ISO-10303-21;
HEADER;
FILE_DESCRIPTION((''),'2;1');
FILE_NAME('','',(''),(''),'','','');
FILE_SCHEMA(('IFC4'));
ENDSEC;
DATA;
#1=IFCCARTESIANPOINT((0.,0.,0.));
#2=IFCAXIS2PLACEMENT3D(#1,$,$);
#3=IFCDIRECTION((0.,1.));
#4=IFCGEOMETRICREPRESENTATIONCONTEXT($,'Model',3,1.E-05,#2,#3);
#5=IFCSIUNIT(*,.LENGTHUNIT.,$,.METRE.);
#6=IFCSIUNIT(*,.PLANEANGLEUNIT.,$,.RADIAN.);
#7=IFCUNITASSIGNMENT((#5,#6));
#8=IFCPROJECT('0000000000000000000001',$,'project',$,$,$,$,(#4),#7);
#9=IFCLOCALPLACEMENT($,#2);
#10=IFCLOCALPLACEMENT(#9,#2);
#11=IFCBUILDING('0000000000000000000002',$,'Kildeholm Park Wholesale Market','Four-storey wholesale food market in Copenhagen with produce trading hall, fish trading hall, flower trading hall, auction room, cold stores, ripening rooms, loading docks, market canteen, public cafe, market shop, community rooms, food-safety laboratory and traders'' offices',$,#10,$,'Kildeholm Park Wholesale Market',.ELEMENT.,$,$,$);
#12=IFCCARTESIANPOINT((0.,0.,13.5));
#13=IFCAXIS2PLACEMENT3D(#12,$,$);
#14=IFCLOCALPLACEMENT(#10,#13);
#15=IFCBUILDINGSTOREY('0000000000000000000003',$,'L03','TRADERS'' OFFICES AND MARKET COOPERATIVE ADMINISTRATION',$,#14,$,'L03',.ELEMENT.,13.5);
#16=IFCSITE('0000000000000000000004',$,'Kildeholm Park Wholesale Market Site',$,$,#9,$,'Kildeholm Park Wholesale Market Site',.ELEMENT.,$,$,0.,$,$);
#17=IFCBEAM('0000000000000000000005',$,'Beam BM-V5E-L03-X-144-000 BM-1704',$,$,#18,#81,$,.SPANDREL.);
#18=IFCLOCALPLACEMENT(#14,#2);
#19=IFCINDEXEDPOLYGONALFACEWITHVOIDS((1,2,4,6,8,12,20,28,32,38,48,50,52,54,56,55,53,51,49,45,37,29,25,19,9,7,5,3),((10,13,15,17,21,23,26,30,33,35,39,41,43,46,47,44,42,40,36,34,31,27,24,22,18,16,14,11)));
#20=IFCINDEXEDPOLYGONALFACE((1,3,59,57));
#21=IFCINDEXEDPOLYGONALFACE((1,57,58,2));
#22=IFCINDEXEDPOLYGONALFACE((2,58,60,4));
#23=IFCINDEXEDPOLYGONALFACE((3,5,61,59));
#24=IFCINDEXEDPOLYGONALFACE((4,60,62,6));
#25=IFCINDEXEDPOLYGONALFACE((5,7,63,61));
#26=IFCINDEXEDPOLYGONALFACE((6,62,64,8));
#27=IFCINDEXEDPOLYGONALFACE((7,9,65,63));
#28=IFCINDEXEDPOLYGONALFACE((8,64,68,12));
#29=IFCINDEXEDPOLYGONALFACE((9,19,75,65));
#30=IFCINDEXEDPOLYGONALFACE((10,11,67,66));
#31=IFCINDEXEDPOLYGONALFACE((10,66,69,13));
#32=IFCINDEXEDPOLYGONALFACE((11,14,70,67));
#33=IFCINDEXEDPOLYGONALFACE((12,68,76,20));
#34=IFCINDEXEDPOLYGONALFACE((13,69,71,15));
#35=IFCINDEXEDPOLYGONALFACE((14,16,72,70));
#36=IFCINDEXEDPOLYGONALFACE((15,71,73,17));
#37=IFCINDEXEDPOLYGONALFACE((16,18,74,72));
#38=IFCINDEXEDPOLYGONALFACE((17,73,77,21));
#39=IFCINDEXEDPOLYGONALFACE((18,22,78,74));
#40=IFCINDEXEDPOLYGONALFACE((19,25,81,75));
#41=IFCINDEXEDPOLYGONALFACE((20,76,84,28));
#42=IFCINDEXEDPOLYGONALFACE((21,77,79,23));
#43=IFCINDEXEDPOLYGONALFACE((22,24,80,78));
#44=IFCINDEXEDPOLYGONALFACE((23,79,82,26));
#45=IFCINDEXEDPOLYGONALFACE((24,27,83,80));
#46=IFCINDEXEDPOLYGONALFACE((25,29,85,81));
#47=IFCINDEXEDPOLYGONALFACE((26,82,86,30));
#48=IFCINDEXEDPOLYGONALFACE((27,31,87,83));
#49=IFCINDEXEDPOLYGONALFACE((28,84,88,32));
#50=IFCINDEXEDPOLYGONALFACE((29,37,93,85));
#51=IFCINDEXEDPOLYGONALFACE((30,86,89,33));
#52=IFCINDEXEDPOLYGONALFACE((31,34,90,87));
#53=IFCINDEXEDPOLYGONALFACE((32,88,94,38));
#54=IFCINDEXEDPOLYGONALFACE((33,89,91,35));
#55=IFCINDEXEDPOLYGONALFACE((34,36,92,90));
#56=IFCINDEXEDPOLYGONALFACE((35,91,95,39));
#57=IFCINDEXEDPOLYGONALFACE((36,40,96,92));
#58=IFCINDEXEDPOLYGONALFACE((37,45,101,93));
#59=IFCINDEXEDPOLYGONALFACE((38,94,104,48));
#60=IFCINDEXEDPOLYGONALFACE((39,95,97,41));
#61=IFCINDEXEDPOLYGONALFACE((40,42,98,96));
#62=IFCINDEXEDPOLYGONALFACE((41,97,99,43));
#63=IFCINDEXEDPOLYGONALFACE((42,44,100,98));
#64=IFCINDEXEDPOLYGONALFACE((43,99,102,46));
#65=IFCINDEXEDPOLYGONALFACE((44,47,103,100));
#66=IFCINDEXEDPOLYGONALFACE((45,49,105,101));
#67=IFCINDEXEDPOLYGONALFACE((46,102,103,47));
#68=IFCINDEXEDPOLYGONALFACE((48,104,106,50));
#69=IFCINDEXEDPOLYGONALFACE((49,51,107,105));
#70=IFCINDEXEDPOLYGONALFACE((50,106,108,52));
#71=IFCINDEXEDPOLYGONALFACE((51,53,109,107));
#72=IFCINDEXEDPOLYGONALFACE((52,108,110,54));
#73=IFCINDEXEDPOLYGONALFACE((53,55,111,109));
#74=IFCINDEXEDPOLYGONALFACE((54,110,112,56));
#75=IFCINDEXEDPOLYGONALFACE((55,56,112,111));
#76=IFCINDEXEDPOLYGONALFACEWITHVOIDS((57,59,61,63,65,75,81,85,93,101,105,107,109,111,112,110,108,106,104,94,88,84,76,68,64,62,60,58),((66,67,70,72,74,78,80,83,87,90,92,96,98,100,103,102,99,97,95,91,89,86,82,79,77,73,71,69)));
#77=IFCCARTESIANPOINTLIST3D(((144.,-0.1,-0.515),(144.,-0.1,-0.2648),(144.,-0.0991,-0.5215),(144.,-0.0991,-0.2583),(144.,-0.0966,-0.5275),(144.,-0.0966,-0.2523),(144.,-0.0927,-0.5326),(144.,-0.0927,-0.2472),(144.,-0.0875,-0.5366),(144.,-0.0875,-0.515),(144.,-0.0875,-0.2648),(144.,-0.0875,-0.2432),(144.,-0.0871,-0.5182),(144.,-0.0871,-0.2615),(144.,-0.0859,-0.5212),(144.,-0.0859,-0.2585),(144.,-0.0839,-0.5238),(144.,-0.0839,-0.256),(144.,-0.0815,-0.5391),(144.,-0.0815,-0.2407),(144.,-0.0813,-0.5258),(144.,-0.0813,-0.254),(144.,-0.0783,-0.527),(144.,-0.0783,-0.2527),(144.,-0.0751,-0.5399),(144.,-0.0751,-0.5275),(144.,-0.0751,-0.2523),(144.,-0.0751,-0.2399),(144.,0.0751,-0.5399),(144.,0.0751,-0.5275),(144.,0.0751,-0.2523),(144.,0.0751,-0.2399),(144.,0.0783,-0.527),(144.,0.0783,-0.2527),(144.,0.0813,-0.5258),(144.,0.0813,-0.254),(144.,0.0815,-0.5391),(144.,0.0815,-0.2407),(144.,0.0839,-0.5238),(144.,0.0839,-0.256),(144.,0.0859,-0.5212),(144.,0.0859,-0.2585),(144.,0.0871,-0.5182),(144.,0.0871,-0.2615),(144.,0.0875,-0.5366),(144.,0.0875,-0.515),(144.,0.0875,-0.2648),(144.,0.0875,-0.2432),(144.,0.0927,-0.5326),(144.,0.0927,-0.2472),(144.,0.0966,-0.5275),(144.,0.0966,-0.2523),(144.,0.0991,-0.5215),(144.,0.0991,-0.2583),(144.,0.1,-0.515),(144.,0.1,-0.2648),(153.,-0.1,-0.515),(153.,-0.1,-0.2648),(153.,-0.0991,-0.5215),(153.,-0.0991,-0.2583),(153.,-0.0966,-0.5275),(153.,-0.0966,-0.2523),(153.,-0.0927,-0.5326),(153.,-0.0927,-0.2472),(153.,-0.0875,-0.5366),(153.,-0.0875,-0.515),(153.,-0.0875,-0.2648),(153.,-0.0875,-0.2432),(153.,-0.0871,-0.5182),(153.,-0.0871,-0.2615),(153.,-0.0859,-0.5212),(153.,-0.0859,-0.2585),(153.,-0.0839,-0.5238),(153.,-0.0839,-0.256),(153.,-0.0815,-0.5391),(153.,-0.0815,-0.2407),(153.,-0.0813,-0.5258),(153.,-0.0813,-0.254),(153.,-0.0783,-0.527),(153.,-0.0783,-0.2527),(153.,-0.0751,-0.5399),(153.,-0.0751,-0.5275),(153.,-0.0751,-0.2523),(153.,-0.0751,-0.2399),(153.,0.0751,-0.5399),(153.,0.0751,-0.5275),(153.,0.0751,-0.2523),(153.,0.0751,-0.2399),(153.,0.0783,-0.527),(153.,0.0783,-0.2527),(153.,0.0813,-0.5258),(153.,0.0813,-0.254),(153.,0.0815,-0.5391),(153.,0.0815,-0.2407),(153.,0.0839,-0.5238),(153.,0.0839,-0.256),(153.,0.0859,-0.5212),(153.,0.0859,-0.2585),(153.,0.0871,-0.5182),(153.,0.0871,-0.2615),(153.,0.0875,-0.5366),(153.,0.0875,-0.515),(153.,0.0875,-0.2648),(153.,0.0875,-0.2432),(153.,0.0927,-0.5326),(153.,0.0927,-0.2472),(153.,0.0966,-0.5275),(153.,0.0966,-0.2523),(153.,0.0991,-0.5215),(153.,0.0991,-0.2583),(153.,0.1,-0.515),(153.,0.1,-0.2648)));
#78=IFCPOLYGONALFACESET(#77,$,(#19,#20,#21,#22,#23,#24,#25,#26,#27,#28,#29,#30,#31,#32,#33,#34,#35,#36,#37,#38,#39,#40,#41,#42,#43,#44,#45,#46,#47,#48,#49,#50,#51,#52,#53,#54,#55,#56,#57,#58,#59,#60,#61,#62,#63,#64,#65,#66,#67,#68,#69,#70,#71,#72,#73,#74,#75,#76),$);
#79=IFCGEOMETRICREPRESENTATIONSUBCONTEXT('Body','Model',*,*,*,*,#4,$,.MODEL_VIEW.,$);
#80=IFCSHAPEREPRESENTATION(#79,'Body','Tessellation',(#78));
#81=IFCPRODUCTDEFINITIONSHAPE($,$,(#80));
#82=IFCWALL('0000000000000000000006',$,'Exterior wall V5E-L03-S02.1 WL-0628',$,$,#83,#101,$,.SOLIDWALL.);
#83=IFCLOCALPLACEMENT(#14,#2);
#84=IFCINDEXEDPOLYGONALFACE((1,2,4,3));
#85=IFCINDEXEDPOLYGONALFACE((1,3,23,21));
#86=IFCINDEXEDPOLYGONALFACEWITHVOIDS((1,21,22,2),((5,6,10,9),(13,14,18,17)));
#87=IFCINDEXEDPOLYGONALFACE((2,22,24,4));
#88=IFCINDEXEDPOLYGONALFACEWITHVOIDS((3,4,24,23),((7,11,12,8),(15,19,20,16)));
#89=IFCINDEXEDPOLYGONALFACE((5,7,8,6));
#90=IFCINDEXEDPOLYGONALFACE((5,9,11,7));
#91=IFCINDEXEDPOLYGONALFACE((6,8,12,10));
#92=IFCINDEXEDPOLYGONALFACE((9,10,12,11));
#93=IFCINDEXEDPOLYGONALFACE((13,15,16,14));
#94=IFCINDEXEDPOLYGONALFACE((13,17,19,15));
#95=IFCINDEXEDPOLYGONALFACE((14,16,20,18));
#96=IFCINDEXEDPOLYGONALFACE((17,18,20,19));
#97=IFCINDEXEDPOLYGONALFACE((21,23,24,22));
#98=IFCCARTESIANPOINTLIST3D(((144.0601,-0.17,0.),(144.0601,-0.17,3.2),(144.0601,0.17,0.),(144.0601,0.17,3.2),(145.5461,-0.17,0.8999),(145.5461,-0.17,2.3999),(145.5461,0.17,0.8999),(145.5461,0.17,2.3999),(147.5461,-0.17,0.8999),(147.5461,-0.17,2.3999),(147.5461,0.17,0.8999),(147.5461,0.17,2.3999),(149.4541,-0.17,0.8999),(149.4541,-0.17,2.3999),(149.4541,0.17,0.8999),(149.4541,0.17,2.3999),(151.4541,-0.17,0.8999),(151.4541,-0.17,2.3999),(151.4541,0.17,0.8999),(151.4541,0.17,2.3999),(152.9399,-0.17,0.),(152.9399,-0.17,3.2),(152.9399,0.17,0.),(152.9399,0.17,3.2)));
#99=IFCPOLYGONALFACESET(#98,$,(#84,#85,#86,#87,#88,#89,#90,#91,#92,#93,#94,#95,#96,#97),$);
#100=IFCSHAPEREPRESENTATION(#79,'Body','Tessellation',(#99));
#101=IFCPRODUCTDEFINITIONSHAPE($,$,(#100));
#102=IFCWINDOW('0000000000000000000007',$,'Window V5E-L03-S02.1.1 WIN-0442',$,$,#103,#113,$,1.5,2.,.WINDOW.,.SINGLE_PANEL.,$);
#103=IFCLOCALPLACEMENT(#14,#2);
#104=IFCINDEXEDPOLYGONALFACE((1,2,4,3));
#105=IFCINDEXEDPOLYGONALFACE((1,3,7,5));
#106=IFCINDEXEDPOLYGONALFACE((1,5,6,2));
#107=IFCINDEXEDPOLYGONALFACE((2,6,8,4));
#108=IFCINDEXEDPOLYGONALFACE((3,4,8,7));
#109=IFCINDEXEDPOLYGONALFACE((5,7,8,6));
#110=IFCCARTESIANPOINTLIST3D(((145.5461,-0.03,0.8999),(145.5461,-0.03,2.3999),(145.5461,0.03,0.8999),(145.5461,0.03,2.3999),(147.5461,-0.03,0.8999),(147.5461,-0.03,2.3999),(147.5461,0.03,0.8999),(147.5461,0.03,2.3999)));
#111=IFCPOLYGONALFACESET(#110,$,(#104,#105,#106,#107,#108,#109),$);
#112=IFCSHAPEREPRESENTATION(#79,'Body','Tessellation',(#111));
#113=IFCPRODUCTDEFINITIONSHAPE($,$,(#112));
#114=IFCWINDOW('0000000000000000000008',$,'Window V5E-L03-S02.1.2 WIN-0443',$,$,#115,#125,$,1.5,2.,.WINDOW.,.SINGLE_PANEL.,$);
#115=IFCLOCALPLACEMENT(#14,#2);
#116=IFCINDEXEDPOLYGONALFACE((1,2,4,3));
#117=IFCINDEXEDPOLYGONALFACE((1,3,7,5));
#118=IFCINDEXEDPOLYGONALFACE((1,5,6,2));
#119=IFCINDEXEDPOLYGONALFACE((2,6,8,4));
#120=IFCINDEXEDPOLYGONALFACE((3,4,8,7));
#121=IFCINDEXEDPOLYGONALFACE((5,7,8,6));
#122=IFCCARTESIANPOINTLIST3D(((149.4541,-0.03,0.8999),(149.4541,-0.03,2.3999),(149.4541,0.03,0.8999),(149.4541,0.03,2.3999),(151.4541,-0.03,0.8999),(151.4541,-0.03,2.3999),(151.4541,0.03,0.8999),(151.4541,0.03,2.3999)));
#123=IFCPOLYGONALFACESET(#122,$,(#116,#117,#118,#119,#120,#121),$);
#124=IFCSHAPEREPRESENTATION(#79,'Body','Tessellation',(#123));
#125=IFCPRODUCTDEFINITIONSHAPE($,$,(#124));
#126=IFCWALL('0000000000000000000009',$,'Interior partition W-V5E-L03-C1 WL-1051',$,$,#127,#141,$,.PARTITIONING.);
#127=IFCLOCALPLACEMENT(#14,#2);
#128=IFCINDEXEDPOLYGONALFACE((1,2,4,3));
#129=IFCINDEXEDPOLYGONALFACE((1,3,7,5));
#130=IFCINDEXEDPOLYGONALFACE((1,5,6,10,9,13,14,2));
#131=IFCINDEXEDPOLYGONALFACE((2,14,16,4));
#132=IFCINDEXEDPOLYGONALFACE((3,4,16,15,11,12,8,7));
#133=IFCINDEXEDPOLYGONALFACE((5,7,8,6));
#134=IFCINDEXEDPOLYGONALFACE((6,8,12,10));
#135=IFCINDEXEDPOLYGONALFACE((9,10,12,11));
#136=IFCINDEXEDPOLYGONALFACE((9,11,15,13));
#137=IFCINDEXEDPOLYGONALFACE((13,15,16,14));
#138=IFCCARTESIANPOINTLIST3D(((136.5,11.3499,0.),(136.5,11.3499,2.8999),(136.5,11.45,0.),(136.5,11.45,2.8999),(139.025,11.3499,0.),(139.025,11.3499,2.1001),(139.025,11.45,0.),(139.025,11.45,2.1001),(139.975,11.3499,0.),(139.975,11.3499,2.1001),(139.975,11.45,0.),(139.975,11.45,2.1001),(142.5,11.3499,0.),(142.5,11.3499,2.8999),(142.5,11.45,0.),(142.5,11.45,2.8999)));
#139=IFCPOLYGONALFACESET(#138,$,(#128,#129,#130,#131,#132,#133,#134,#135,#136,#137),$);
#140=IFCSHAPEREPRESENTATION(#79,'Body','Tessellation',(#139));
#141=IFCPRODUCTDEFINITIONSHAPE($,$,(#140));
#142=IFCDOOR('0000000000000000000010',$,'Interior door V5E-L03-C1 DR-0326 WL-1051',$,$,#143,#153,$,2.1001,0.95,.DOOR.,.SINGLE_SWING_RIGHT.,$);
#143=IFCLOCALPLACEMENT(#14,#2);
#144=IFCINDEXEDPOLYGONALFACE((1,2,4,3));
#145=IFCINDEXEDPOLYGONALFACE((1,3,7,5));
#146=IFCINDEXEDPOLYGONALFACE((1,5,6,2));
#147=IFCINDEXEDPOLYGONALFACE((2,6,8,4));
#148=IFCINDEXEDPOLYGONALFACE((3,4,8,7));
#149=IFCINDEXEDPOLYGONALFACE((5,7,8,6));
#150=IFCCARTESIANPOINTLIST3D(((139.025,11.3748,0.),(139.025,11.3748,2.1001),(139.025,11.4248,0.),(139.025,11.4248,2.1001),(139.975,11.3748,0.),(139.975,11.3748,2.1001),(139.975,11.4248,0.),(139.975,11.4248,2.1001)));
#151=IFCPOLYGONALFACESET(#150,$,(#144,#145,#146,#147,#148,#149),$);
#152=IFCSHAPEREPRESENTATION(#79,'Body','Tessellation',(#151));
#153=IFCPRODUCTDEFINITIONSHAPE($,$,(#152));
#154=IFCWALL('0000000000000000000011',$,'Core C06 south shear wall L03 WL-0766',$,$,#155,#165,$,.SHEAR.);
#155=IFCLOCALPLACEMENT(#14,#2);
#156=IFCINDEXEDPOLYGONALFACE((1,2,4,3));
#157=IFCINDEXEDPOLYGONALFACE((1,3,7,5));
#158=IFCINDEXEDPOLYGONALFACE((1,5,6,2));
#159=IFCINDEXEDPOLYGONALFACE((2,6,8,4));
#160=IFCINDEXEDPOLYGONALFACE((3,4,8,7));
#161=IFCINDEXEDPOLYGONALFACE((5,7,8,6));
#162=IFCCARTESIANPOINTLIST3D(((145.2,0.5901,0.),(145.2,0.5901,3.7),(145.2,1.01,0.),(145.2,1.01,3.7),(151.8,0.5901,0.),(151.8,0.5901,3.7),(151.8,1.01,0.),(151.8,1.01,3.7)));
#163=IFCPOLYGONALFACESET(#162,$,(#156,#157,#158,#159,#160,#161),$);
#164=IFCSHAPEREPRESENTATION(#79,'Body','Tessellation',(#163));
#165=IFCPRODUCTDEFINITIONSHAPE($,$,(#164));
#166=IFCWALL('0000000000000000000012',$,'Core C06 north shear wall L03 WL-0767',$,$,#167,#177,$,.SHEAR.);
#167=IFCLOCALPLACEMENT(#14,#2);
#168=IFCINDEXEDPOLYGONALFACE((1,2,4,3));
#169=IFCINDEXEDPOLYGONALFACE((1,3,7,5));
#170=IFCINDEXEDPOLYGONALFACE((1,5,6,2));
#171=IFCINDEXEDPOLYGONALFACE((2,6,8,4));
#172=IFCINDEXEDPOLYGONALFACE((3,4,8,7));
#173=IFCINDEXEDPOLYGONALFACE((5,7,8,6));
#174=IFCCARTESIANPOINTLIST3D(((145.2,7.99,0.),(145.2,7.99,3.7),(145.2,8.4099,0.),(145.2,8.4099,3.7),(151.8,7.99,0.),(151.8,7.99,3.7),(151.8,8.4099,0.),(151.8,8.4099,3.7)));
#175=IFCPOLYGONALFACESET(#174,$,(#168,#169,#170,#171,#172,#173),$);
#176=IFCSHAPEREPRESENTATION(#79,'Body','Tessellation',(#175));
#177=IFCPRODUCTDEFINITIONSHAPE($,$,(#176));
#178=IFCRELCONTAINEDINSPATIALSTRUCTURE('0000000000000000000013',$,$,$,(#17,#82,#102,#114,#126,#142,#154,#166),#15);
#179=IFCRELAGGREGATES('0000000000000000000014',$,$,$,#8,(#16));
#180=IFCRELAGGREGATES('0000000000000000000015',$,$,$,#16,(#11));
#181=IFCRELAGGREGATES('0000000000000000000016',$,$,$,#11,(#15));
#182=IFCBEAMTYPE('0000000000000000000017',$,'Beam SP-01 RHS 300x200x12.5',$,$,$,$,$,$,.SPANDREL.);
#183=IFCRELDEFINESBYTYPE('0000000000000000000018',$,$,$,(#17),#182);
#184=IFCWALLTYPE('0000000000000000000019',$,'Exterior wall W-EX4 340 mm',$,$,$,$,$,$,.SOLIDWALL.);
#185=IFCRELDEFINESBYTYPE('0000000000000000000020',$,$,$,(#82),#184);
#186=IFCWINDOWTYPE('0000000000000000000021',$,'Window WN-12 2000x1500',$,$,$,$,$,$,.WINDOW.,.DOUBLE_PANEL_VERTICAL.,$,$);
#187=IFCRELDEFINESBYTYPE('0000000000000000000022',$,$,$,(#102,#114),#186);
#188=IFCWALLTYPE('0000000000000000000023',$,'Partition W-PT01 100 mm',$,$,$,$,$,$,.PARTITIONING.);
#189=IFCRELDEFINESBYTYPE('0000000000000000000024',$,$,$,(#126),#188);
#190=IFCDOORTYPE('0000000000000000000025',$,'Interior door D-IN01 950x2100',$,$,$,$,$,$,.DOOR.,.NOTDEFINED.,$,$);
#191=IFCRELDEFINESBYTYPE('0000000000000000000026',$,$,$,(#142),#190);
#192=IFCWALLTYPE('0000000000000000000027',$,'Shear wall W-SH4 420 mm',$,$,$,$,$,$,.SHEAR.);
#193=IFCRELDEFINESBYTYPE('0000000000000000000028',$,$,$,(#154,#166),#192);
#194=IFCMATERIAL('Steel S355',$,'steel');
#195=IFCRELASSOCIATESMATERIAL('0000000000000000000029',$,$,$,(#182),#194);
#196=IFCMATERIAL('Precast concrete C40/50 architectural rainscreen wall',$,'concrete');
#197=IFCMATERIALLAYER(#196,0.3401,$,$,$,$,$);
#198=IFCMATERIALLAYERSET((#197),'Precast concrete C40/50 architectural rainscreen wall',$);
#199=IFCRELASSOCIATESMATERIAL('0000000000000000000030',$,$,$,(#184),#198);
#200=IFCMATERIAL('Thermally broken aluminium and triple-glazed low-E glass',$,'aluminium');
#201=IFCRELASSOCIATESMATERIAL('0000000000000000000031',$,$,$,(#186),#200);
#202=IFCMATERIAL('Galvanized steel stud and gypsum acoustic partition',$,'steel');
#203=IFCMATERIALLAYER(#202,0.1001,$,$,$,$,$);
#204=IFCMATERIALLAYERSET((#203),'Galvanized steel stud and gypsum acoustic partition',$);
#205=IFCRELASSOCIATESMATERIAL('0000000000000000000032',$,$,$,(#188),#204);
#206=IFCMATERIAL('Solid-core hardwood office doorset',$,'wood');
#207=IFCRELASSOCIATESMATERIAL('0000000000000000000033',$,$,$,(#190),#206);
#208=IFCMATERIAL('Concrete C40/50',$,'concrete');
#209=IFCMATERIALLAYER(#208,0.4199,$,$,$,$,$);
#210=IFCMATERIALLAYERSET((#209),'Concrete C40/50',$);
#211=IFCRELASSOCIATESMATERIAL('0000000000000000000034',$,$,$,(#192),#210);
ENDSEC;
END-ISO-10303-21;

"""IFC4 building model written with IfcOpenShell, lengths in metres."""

from ifc_helpers import new_model, si_unit, direction, frame, frame_2d, origin, origin_2d, place, context, subcontext, project, spatial, rectangle, hollow_rectangle, extrude, material, layer, layer_set, material_profile, profile_set, type_object, element, fill, save


model = new_model("IFC4")

# Units and contexts
model_context = context("Model", 3, precision=1e-05, world=origin(), true_north=direction((0.0, 1.0)))
body_context = subcontext(model_context, "Body", "Model", "MODEL_VIEW")
ifc_project = project(units=[si_unit("LENGTHUNIT", "METRE"), si_unit("PLANEANGLEUNIT", "RADIAN")], contexts=[model_context])

# Site, building, storey
site_placement = place(None, origin())
site = spatial("IfcSite", under=ifc_project, at=site_placement, Name="Kildeholm Park Wholesale Market Site", LongName="Kildeholm Park Wholesale Market Site", CompositionType="ELEMENT", RefElevation=0.0)
building_placement = place(site_placement, origin())
building = spatial("IfcBuilding", under=site, at=building_placement, Name="Kildeholm Park Wholesale Market", Description="Four-storey wholesale food market in Copenhagen with produce trading hall, fish trading hall, flower trading hall, auction room, cold stores, ripening rooms, loading docks, market canteen, public cafe, market shop, community rooms, food-safety laboratory and traders' offices", LongName="Kildeholm Park Wholesale Market", CompositionType="ELEMENT")
storey_placement = place(building_placement, frame((0.0, 0.0, 13.5)))
storey = spatial("IfcBuildingStorey", under=building, at=storey_placement, Name="L03", Description="TRADERS' OFFICES AND MARKET COOPERATIVE ADMINISTRATION", LongName="L03", CompositionType="ELEMENT", Elevation=13.5)

# Shared definitions
ifc_material_1 = material(Name="Steel S355", Category="steel")

# Beam
ifc_material_profile_1 = material_profile(ifc_material_1, hollow_rectangle(XDim=0.2, YDim=0.3, WallThickness=0.0125, InnerFilletRadius=0.0125, OuterFilletRadius=0.0249, at=origin_2d()), Name="RHS 300x200x12.5")
ifc_profile_set_1 = profile_set([ifc_material_profile_1], Name="Steel S355")
beam_type_1 = type_object("IfcBeamType", Name="Beam SP-01 RHS 300x200x12.5", PredefinedType="SPANDREL", material=ifc_profile_set_1)
beam_1_placement = place(storey_placement, frame((144.0, 0.0, -0.3899), z_axis=(1.0, 0.0, 0.0), x_axis=(0.0, 1.0, 0.0)))
element("IfcBeam", 1, at=beam_1_placement, inside=storey, type_object=beam_type_1, Name="Beam BM-V5E-L03-X-144-000 BM-1704", PredefinedType="SPANDREL", context=body_context, shape_type="SweptSolid", body=[
    extrude(hollow_rectangle(XDim=0.2, YDim=0.3, WallThickness=0.0125, InnerFilletRadius=0.0125, OuterFilletRadius=0.0249, at=origin_2d()), origin(), (0.0, 0.0, 1.0), 9.0),
])

# Wall, openings, windows
ifc_material_2 = material(Name="Precast concrete C40/50 architectural rainscreen wall", Category="concrete")
ifc_layer_1 = layer(ifc_material_2, 0.3401)
ifc_layer_set_1 = layer_set([ifc_layer_1], Name="Precast concrete C40/50 architectural rainscreen wall")
wall_type_1 = type_object("IfcWallType", Name="Exterior wall W-EX4 340 mm", PredefinedType="SOLIDWALL", material=ifc_layer_set_1)
wall_1_placement = place(storey_placement, frame((144.0601, 0.0, 0.0), z_axis=(0.0, 0.0, 1.0), x_axis=(1.0, 0.0, 0.0)))
wall_1 = element("IfcWall", 2, at=wall_1_placement, inside=storey, type_object=wall_type_1, Name="Exterior wall V5E-L03-S02.1 WL-0628", PredefinedType="SOLIDWALL", context=body_context, shape_type="SweptSolid", body=[
    extrude(rectangle(XDim=8.8799, YDim=0.3401, at=frame_2d((4.4399, 0.0))), origin(), (0.0, 0.0, 1.0), 3.2),
])
opening_1_placement = place(wall_1_placement, frame((1.4861, 0.0, 0.8999)))
opening_1 = element("IfcOpeningElement", 3, at=opening_1_placement, cuts=wall_1, PredefinedType="OPENING", context=body_context, shape_type="SweptSolid", body=[
    extrude(rectangle(XDim=2.0, YDim=1.5, at=frame_2d((1.0, 0.75))), frame((0.0, 0.1799, 0.0), z_axis=(0.0, -1.0, 0.0), x_axis=(1.0, 0.0, 0.0)), (0.0, 0.0, 1.0), 0.3601),
])
opening_2_placement = place(wall_1_placement, frame((5.394, 0.0, 0.8999)))
opening_2 = element("IfcOpeningElement", 4, at=opening_2_placement, cuts=wall_1, PredefinedType="OPENING", context=body_context, shape_type="SweptSolid", body=[
    extrude(rectangle(XDim=2.0, YDim=1.5, at=frame_2d((1.0, 0.75))), frame((0.0, 0.1799, 0.0), z_axis=(0.0, -1.0, 0.0), x_axis=(1.0, 0.0, 0.0)), (0.0, 0.0, 1.0), 0.3601),
])
ifc_material_3 = material(Name="Thermally broken aluminium and triple-glazed low-E glass", Category="aluminium")
window_type = type_object("IfcWindowType", Name="Window WN-12 2000x1500", PartitioningType="DOUBLE_PANEL_VERTICAL", PredefinedType="WINDOW", material=ifc_material_3)
window_1_placement = place(opening_1_placement, origin())
window_1 = element("IfcWindow", 5, at=window_1_placement, inside=storey, type_object=window_type, Name="Window V5E-L03-S02.1.1 WIN-0442", OverallHeight=1.5, OverallWidth=2.0, PartitioningType="SINGLE_PANEL", PredefinedType="WINDOW", context=body_context, shape_type="SweptSolid", body=[
    extrude(rectangle(XDim=2.0, YDim=1.5, at=frame_2d((1.0, 0.75))), frame((0.0, 0.03, 0.0), z_axis=(0.0, -1.0, 0.0), x_axis=(1.0, 0.0, 0.0)), (0.0, 0.0, 1.0), 0.0601),
])
fill(opening_1, window_1)
window_2_placement = place(opening_2_placement, origin())
window_2 = element("IfcWindow", 6, at=window_2_placement, inside=storey, type_object=window_type, Name="Window V5E-L03-S02.1.2 WIN-0443", OverallHeight=1.5, OverallWidth=2.0, PartitioningType="SINGLE_PANEL", PredefinedType="WINDOW", context=body_context, shape_type="SweptSolid", body=[
    extrude(rectangle(XDim=2.0, YDim=1.5, at=frame_2d((1.0, 0.75))), frame((0.0, 0.03, 0.0), z_axis=(0.0, -1.0, 0.0), x_axis=(1.0, 0.0, 0.0)), (0.0, 0.0, 1.0), 0.0601),
])
fill(opening_2, window_2)

# Wall, opening, door
ifc_material_4 = material(Name="Galvanized steel stud and gypsum acoustic partition", Category="steel")
ifc_layer_2 = layer(ifc_material_4, 0.1001)
ifc_layer_set_2 = layer_set([ifc_layer_2], Name="Galvanized steel stud and gypsum acoustic partition")
wall_type_2 = type_object("IfcWallType", Name="Partition W-PT01 100 mm", PredefinedType="PARTITIONING", material=ifc_layer_set_2)
wall_2_placement = place(storey_placement, frame((136.5, 11.3999, 0.0), z_axis=(0.0, 0.0, 1.0), x_axis=(1.0, 0.0, 0.0)))
wall_2 = element("IfcWall", 7, at=wall_2_placement, inside=storey, type_object=wall_type_2, Name="Interior partition W-V5E-L03-C1 WL-1051", PredefinedType="PARTITIONING", context=body_context, shape_type="SweptSolid", body=[
    extrude(rectangle(XDim=6.0, YDim=0.1001, at=frame_2d((3.0, 0.0))), origin(), (0.0, 0.0, 1.0), 2.8999),
])
opening_3_placement = place(wall_2_placement, frame((2.5249, 0.0, 0.0)))
opening_3 = element("IfcOpeningElement", 8, at=opening_3_placement, cuts=wall_2, PredefinedType="OPENING", context=body_context, shape_type="SweptSolid", body=[
    extrude(rectangle(XDim=0.95, YDim=2.1001, at=frame_2d((0.4751, 1.05))), frame((0.0, 0.0601, 0.0), z_axis=(0.0, -1.0, 0.0), x_axis=(1.0, 0.0, 0.0)), (0.0, 0.0, 1.0), 0.1201),
])
ifc_material_5 = material(Name="Solid-core hardwood office doorset", Category="wood")
door_type = type_object("IfcDoorType", Name="Interior door D-IN01 950x2100", OperationType="NOTDEFINED", PredefinedType="DOOR", material=ifc_material_5)
door_placement = place(opening_3_placement, origin())
door = element("IfcDoor", 9, at=door_placement, inside=storey, type_object=door_type, Name="Interior door V5E-L03-C1 DR-0326 WL-1051", OperationType="SINGLE_SWING_RIGHT", OverallHeight=2.1001, OverallWidth=0.95, PredefinedType="DOOR", context=body_context, shape_type="SweptSolid", body=[
    extrude(rectangle(XDim=0.95, YDim=2.1001, at=frame_2d((0.4751, 1.05))), frame((0.0, 0.0249, 0.0), z_axis=(0.0, -1.0, 0.0), x_axis=(1.0, 0.0, 0.0)), (0.0, 0.0, 1.0), 0.05),
])
fill(opening_3, door)

# Walls
ifc_material_6 = material(Name="Concrete C40/50", Category="concrete")
ifc_layer_3 = layer(ifc_material_6, 0.4199)
ifc_layer_set_3 = layer_set([ifc_layer_3], Name="Concrete C40/50")
wall_type_3 = type_object("IfcWallType", Name="Shear wall W-SH4 420 mm", PredefinedType="SHEAR", material=ifc_layer_set_3)
for number, where, z_axis, x_axis, name in (
    (10, (145.2, 0.8, 0.0), (0.0, 0.0, 1.0), (1.0, 0.0, 0.0), "Core C06 south shear wall L03 WL-0766"),
    (11, (145.2, 8.2, 0.0), (0.0, 0.0, 1.0), (1.0, 0.0, 0.0), "Core C06 north shear wall L03 WL-0767"),
):
    element("IfcWall", number, at=place(storey_placement, frame(where, z_axis=z_axis, x_axis=x_axis)), inside=storey, type_object=wall_type_3, Name=name, PredefinedType="SHEAR", context=body_context, shape_type="SweptSolid", body=[
        extrude(rectangle(XDim=6.6001, YDim=0.4199, at=frame_2d((3.3, 0.0))), origin(), (0.0, 0.0, 1.0), 3.7),
    ])

save(model, "model.ifc")
